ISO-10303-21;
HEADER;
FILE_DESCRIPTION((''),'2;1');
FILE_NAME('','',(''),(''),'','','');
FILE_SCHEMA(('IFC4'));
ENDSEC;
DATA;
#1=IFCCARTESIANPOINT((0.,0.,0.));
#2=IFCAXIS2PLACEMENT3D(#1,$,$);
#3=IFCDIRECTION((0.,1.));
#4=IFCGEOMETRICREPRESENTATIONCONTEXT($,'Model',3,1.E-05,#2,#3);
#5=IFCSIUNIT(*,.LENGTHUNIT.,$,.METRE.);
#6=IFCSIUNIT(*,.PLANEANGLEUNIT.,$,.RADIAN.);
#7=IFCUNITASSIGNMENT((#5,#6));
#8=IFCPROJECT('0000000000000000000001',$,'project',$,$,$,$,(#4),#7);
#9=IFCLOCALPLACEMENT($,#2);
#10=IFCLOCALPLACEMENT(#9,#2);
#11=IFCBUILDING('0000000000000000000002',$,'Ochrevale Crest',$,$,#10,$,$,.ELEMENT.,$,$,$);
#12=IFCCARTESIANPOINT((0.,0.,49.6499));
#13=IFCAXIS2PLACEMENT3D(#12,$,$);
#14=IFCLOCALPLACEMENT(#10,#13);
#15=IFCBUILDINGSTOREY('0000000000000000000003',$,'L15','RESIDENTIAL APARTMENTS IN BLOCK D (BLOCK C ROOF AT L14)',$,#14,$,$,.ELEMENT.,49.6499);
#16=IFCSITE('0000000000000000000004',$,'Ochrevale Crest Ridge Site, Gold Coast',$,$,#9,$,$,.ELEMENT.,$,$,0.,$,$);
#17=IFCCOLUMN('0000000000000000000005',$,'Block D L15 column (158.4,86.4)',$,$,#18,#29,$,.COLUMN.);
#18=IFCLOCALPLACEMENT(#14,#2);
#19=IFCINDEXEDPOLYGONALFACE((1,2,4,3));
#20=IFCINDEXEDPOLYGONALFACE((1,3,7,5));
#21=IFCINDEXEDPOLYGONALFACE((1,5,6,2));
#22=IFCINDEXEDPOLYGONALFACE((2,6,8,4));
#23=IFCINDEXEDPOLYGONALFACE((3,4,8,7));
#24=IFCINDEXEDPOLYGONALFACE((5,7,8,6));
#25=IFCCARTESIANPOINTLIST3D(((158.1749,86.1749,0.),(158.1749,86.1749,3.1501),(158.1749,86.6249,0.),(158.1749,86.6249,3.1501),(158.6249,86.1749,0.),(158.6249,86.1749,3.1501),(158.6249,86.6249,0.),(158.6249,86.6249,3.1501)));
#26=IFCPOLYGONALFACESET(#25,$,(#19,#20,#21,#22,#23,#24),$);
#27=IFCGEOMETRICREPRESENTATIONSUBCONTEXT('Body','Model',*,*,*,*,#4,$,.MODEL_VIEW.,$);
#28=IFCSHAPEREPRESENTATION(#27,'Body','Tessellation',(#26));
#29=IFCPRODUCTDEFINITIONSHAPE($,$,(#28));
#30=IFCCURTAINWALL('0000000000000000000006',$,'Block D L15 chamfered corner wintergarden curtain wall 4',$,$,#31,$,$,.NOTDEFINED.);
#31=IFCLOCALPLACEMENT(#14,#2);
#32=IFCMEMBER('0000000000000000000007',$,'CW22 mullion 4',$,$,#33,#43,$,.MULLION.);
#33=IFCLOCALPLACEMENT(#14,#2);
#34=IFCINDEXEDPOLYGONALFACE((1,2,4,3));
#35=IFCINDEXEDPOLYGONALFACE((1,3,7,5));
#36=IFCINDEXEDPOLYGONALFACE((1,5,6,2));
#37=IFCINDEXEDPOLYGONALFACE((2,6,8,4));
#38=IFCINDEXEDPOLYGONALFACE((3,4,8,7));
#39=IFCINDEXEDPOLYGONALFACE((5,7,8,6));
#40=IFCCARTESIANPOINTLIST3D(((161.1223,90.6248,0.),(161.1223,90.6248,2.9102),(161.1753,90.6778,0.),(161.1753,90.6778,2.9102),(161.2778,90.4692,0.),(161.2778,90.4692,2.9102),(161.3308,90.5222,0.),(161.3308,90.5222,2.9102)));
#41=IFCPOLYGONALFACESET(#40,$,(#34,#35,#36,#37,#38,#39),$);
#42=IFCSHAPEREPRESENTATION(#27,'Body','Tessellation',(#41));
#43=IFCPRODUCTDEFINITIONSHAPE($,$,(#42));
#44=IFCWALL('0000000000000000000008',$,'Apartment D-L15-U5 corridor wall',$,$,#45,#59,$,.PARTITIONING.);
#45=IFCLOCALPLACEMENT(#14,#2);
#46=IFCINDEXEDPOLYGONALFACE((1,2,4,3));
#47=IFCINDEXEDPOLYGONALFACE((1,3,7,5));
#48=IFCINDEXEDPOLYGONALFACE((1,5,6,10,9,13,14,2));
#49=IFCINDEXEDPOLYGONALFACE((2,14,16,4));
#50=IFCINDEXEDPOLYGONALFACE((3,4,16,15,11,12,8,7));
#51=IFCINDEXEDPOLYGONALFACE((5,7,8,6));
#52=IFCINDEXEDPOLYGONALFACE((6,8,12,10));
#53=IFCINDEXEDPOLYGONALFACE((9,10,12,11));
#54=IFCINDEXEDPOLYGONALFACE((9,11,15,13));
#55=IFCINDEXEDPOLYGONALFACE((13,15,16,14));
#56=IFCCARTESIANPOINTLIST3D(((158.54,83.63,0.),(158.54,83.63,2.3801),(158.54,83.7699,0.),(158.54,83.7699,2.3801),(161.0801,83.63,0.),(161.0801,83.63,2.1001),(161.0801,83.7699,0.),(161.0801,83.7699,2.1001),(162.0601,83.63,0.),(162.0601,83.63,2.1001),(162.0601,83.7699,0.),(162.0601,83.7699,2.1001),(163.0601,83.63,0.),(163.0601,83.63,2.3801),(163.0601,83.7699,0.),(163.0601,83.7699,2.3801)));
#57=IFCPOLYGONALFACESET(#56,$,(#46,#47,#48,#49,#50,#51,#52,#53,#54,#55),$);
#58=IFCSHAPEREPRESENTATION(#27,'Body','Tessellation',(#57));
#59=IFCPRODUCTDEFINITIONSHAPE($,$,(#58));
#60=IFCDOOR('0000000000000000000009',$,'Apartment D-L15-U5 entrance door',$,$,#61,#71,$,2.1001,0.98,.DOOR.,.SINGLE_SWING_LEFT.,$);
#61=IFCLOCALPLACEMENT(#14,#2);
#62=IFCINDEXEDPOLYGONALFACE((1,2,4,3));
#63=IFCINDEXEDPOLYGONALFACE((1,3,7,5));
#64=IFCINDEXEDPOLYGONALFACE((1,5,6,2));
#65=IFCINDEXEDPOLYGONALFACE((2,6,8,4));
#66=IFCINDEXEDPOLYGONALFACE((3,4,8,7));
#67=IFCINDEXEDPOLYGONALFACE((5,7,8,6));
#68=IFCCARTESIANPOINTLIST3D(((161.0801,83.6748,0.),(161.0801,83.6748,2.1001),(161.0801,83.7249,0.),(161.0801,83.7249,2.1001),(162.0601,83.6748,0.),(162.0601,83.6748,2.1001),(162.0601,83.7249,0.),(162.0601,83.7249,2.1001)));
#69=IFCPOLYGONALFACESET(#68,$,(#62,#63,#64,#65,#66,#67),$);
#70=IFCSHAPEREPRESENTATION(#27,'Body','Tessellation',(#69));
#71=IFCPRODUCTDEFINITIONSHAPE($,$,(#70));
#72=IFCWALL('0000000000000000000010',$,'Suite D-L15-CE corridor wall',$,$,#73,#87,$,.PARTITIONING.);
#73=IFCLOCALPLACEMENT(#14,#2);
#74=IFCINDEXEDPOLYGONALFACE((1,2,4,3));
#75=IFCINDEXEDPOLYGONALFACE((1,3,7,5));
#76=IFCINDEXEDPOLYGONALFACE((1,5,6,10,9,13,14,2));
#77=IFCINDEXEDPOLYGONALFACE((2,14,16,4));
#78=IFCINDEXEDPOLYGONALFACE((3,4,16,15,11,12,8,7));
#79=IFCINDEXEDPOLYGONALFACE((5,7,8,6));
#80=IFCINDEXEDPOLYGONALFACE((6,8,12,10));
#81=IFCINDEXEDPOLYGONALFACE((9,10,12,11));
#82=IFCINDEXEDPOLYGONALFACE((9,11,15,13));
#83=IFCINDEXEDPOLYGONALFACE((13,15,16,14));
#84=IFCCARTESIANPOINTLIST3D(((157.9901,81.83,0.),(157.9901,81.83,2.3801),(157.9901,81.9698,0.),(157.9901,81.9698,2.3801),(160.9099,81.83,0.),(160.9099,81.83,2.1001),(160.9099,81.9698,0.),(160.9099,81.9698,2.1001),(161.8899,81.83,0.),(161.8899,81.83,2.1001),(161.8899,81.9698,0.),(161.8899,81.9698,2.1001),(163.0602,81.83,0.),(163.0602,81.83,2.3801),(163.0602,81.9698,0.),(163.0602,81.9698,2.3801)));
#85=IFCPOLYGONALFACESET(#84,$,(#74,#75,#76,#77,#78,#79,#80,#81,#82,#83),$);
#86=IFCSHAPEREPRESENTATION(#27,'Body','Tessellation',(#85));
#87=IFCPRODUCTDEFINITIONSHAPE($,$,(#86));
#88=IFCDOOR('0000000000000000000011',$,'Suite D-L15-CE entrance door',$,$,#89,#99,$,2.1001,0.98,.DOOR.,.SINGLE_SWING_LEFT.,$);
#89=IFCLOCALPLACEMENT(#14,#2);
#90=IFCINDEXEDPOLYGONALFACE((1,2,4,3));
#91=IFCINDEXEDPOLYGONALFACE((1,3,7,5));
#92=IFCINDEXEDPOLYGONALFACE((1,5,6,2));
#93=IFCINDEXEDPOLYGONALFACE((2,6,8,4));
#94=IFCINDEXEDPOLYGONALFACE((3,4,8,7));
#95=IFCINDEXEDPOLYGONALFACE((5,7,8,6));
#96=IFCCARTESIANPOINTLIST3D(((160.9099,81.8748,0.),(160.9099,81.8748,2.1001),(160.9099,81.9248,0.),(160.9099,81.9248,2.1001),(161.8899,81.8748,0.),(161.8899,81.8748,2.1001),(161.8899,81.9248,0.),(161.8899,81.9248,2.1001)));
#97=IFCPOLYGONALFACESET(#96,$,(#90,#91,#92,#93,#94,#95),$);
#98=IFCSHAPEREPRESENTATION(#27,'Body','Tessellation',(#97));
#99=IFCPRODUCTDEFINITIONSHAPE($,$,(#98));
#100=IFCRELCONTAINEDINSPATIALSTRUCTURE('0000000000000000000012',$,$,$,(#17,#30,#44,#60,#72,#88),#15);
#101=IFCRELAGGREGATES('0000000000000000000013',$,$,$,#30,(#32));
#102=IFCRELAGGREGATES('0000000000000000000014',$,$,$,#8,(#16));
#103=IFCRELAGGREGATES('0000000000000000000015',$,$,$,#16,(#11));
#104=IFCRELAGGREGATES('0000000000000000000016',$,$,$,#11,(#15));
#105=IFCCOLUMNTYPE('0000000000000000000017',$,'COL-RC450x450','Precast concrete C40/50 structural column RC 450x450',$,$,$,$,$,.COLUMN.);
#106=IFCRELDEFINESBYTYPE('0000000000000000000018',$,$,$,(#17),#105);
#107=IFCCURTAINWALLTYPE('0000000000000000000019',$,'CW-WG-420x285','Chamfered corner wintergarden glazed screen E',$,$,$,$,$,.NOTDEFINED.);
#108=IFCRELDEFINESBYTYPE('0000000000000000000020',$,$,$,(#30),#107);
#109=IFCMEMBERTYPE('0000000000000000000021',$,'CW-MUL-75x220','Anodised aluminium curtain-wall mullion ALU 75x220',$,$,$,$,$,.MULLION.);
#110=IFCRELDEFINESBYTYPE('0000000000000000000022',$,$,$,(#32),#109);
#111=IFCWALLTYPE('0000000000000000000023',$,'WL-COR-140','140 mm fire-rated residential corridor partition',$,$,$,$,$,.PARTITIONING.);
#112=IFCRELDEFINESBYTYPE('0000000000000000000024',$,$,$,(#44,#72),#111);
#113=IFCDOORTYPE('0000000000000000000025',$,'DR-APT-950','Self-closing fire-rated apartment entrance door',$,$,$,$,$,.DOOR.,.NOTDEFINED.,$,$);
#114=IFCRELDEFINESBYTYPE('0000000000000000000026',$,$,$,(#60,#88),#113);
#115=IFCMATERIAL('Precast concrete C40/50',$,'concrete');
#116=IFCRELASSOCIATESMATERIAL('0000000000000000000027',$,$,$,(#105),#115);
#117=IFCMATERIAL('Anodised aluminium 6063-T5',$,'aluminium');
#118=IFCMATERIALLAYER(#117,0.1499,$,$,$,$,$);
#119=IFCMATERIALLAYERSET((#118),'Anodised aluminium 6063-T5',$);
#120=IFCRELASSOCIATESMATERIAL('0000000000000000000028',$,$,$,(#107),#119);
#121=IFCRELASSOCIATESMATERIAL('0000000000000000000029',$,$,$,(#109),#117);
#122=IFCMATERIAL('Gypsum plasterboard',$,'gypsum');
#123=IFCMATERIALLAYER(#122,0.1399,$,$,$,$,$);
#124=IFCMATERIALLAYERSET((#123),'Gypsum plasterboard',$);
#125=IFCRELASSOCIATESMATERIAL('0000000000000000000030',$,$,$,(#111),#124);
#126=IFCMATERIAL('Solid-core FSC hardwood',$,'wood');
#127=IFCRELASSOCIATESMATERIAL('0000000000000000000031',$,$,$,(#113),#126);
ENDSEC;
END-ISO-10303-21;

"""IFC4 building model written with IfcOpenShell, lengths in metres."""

from ifc_helpers import new_model, si_unit, direction, frame, frame_2d, origin, origin_2d, place, context, subcontext, project, spatial, rectangle, extrude, material, layer, layer_set, material_profile, profile_set, type_object, element, fill, aggregate, save


model = new_model("IFC4")

# Units and contexts
model_context = context("Model", 3, precision=1e-05, world=origin(), true_north=direction((0.0, 1.0)))
body_context = subcontext(model_context, "Body", "Model", "MODEL_VIEW")
ifc_project = project(units=[si_unit("LENGTHUNIT", "METRE"), si_unit("PLANEANGLEUNIT", "RADIAN")], contexts=[model_context])

# Site, building, storey
site_placement = place(None, origin())
site = spatial("IfcSite", under=ifc_project, at=site_placement, Name="Ochrevale Crest Ridge Site, Gold Coast", CompositionType="ELEMENT", RefElevation=0.0)
building_placement = place(site_placement, origin())
building = spatial("IfcBuilding", under=site, at=building_placement, Name="Ochrevale Crest", CompositionType="ELEMENT")
storey_placement = place(building_placement, frame((0.0, 0.0, 49.6499)))
storey = spatial("IfcBuildingStorey", under=building, at=storey_placement, Name="L15", Description="RESIDENTIAL APARTMENTS IN BLOCK D (BLOCK C ROOF AT L14)", CompositionType="ELEMENT", Elevation=49.6499)

# Column
ifc_material_1 = material(Name="Precast concrete C40/50", Category="concrete")
ifc_material_profile_1 = material_profile(ifc_material_1, rectangle(XDim=0.45, YDim=0.45, at=origin_2d()), Name="RC 450x450")
ifc_profile_set_1 = profile_set([ifc_material_profile_1], Name="Precast concrete C40/50")
column_type = type_object("IfcColumnType", Name="COL-RC450x450", Description="Precast concrete C40/50 structural column RC 450x450", PredefinedType="COLUMN", material=ifc_profile_set_1)
column_placement = place(storey_placement, frame((158.3999, 86.3999, 0.0), z_axis=(0.0, 0.0, 1.0), x_axis=(1.0, 0.0, 0.0)))
element("IfcColumn", 1, at=column_placement, inside=storey, type_object=column_type, Name="Block D L15 column (158.4,86.4)", PredefinedType="COLUMN", context=body_context, shape_type="SweptSolid", body=[
    extrude(rectangle(XDim=0.45, YDim=0.45, at=origin_2d()), origin(), (0.0, 0.0, 1.0), 3.1501),
])

# Curtain wall, member
ifc_material_2 = material(Name="Anodised aluminium 6063-T5", Category="aluminium")
ifc_layer_1 = layer(ifc_material_2, 0.1499)
ifc_layer_set_1 = layer_set([ifc_layer_1], Name="Anodised aluminium 6063-T5")
curtain_wall_type = type_object("IfcCurtainWallType", Name="CW-WG-420x285", Description="Chamfered corner wintergarden glazed screen E", PredefinedType="NOTDEFINED", material=ifc_layer_set_1)
curtain_wall_placement = place(storey_placement, origin())
curtain_wall = element("IfcCurtainWall", 2, at=curtain_wall_placement, inside=storey, type_object=curtain_wall_type, Name="Block D L15 chamfered corner wintergarden curtain wall 4", PredefinedType="NOTDEFINED")
ifc_material_profile_2 = material_profile(ifc_material_2, rectangle(XDim=0.075, YDim=0.22, at=origin_2d()), Name="ALU 75x220")
ifc_profile_set_2 = profile_set([ifc_material_profile_2], Name="Anodised aluminium 6063-T5")
member_type = type_object("IfcMemberType", Name="CW-MUL-75x220", Description="Anodised aluminium curtain-wall mullion ALU 75x220", PredefinedType="MULLION", material=ifc_profile_set_2)
member_placement = place(storey_placement, frame((161.2266, 90.5735, 0.0), z_axis=(0.0, 0.0, 1.0), x_axis=(-0.707107, -0.707107, 0.0)))
member = element("IfcMember", 3, at=member_placement, type_object=member_type, Name="CW22 mullion 4", PredefinedType="MULLION", context=body_context, shape_type="SweptSolid", body=[
    extrude(rectangle(XDim=0.075, YDim=0.22, at=origin_2d()), origin(), (0.0, 0.0, 1.0), 2.9102),
])
aggregate(curtain_wall, [member])

# Walls, openings, doors
ifc_material_3 = material(Name="Gypsum plasterboard", Category="gypsum")
ifc_layer_2 = layer(ifc_material_3, 0.1399)
ifc_layer_set_2 = layer_set([ifc_layer_2], Name="Gypsum plasterboard")
wall_type_1 = type_object("IfcWallType", Name="WL-COR-140", Description="140 mm fire-rated residential corridor partition", PredefinedType="PARTITIONING", material=ifc_layer_set_2)
wall_1_placement = place(storey_placement, frame((158.54, 83.7, 0.0), z_axis=(0.0, 0.0, 1.0), x_axis=(1.0, 0.0, 0.0)))
wall_1 = element("IfcWall", 4, at=wall_1_placement, inside=storey, type_object=wall_type_1, Name="Apartment D-L15-U5 corridor wall", PredefinedType="PARTITIONING", context=body_context, shape_type="SweptSolid", body=[
    extrude(rectangle(XDim=4.52, YDim=0.1399, at=frame_2d((2.26, 0.0))), origin(), (0.0, 0.0, 1.0), 2.3801),
])
opening_1_placement = place(wall_1_placement, frame((2.54, 0.0, 0.0)))
opening_1 = element("IfcOpeningElement", 5, at=opening_1_placement, cuts=wall_1, PredefinedType="OPENING", context=body_context, shape_type="SweptSolid", body=[
    extrude(rectangle(XDim=0.98, YDim=2.1001, at=frame_2d((0.49, 1.05))), frame((0.0, 0.0801, 0.0), z_axis=(0.0, -1.0, 0.0), x_axis=(1.0, 0.0, 0.0)), (0.0, 0.0, 1.0), 0.1599),
])
ifc_material_4 = material(Name="Solid-core FSC hardwood", Category="wood")
door_type_1 = type_object("IfcDoorType", Name="DR-APT-950", Description="Self-closing fire-rated apartment entrance door", OperationType="NOTDEFINED", PredefinedType="DOOR", material=ifc_material_4)
door_1_placement = place(opening_1_placement, origin())
door_1 = element("IfcDoor", 6, at=door_1_placement, inside=storey, type_object=door_type_1, Name="Apartment D-L15-U5 entrance door", OperationType="SINGLE_SWING_LEFT", OverallHeight=2.1001, OverallWidth=0.98, PredefinedType="DOOR", context=body_context, shape_type="SweptSolid", body=[
    extrude(rectangle(XDim=0.98, YDim=2.1001, at=frame_2d((0.49, 1.05))), frame((0.0, 0.0249, 0.0), z_axis=(0.0, -1.0, 0.0), x_axis=(1.0, 0.0, 0.0)), (0.0, 0.0, 1.0), 0.05),
])
fill(opening_1, door_1)
wall_2_placement = place(storey_placement, frame((157.99, 81.8999, 0.0), z_axis=(0.0, 0.0, 1.0), x_axis=(1.0, 0.0, 0.0)))
wall_2 = element("IfcWall", 7, at=wall_2_placement, inside=storey, type_object=wall_type_1, Name="Suite D-L15-CE corridor wall", PredefinedType="PARTITIONING", context=body_context, shape_type="SweptSolid", body=[
    extrude(rectangle(XDim=5.0701, YDim=0.1399, at=frame_2d((2.5352, 0.0))), origin(), (0.0, 0.0, 1.0), 2.3801),
])
opening_2_placement = place(wall_2_placement, frame((2.9199, 0.0, 0.0)))
opening_2 = element("IfcOpeningElement", 8, at=opening_2_placement, cuts=wall_2, PredefinedType="OPENING", context=body_context, shape_type="SweptSolid", body=[
    extrude(rectangle(XDim=0.98, YDim=2.1001, at=frame_2d((0.49, 1.05))), frame((0.0, 0.0801, 0.0), z_axis=(0.0, -1.0, 0.0), x_axis=(1.0, 0.0, 0.0)), (0.0, 0.0, 1.0), 0.1599),
])
door_2_placement = place(opening_2_placement, origin())
door_2 = element("IfcDoor", 9, at=door_2_placement, inside=storey, type_object=door_type_1, Name="Suite D-L15-CE entrance door", OperationType="SINGLE_SWING_LEFT", OverallHeight=2.1001, OverallWidth=0.98, PredefinedType="DOOR", context=body_context, shape_type="SweptSolid", body=[
    extrude(rectangle(XDim=0.98, YDim=2.1001, at=frame_2d((0.49, 1.05))), frame((0.0, 0.0249, 0.0), z_axis=(0.0, -1.0, 0.0), x_axis=(1.0, 0.0, 0.0)), (0.0, 0.0, 1.0), 0.05),
])
fill(opening_2, door_2)

save(model, "model.ifc")
